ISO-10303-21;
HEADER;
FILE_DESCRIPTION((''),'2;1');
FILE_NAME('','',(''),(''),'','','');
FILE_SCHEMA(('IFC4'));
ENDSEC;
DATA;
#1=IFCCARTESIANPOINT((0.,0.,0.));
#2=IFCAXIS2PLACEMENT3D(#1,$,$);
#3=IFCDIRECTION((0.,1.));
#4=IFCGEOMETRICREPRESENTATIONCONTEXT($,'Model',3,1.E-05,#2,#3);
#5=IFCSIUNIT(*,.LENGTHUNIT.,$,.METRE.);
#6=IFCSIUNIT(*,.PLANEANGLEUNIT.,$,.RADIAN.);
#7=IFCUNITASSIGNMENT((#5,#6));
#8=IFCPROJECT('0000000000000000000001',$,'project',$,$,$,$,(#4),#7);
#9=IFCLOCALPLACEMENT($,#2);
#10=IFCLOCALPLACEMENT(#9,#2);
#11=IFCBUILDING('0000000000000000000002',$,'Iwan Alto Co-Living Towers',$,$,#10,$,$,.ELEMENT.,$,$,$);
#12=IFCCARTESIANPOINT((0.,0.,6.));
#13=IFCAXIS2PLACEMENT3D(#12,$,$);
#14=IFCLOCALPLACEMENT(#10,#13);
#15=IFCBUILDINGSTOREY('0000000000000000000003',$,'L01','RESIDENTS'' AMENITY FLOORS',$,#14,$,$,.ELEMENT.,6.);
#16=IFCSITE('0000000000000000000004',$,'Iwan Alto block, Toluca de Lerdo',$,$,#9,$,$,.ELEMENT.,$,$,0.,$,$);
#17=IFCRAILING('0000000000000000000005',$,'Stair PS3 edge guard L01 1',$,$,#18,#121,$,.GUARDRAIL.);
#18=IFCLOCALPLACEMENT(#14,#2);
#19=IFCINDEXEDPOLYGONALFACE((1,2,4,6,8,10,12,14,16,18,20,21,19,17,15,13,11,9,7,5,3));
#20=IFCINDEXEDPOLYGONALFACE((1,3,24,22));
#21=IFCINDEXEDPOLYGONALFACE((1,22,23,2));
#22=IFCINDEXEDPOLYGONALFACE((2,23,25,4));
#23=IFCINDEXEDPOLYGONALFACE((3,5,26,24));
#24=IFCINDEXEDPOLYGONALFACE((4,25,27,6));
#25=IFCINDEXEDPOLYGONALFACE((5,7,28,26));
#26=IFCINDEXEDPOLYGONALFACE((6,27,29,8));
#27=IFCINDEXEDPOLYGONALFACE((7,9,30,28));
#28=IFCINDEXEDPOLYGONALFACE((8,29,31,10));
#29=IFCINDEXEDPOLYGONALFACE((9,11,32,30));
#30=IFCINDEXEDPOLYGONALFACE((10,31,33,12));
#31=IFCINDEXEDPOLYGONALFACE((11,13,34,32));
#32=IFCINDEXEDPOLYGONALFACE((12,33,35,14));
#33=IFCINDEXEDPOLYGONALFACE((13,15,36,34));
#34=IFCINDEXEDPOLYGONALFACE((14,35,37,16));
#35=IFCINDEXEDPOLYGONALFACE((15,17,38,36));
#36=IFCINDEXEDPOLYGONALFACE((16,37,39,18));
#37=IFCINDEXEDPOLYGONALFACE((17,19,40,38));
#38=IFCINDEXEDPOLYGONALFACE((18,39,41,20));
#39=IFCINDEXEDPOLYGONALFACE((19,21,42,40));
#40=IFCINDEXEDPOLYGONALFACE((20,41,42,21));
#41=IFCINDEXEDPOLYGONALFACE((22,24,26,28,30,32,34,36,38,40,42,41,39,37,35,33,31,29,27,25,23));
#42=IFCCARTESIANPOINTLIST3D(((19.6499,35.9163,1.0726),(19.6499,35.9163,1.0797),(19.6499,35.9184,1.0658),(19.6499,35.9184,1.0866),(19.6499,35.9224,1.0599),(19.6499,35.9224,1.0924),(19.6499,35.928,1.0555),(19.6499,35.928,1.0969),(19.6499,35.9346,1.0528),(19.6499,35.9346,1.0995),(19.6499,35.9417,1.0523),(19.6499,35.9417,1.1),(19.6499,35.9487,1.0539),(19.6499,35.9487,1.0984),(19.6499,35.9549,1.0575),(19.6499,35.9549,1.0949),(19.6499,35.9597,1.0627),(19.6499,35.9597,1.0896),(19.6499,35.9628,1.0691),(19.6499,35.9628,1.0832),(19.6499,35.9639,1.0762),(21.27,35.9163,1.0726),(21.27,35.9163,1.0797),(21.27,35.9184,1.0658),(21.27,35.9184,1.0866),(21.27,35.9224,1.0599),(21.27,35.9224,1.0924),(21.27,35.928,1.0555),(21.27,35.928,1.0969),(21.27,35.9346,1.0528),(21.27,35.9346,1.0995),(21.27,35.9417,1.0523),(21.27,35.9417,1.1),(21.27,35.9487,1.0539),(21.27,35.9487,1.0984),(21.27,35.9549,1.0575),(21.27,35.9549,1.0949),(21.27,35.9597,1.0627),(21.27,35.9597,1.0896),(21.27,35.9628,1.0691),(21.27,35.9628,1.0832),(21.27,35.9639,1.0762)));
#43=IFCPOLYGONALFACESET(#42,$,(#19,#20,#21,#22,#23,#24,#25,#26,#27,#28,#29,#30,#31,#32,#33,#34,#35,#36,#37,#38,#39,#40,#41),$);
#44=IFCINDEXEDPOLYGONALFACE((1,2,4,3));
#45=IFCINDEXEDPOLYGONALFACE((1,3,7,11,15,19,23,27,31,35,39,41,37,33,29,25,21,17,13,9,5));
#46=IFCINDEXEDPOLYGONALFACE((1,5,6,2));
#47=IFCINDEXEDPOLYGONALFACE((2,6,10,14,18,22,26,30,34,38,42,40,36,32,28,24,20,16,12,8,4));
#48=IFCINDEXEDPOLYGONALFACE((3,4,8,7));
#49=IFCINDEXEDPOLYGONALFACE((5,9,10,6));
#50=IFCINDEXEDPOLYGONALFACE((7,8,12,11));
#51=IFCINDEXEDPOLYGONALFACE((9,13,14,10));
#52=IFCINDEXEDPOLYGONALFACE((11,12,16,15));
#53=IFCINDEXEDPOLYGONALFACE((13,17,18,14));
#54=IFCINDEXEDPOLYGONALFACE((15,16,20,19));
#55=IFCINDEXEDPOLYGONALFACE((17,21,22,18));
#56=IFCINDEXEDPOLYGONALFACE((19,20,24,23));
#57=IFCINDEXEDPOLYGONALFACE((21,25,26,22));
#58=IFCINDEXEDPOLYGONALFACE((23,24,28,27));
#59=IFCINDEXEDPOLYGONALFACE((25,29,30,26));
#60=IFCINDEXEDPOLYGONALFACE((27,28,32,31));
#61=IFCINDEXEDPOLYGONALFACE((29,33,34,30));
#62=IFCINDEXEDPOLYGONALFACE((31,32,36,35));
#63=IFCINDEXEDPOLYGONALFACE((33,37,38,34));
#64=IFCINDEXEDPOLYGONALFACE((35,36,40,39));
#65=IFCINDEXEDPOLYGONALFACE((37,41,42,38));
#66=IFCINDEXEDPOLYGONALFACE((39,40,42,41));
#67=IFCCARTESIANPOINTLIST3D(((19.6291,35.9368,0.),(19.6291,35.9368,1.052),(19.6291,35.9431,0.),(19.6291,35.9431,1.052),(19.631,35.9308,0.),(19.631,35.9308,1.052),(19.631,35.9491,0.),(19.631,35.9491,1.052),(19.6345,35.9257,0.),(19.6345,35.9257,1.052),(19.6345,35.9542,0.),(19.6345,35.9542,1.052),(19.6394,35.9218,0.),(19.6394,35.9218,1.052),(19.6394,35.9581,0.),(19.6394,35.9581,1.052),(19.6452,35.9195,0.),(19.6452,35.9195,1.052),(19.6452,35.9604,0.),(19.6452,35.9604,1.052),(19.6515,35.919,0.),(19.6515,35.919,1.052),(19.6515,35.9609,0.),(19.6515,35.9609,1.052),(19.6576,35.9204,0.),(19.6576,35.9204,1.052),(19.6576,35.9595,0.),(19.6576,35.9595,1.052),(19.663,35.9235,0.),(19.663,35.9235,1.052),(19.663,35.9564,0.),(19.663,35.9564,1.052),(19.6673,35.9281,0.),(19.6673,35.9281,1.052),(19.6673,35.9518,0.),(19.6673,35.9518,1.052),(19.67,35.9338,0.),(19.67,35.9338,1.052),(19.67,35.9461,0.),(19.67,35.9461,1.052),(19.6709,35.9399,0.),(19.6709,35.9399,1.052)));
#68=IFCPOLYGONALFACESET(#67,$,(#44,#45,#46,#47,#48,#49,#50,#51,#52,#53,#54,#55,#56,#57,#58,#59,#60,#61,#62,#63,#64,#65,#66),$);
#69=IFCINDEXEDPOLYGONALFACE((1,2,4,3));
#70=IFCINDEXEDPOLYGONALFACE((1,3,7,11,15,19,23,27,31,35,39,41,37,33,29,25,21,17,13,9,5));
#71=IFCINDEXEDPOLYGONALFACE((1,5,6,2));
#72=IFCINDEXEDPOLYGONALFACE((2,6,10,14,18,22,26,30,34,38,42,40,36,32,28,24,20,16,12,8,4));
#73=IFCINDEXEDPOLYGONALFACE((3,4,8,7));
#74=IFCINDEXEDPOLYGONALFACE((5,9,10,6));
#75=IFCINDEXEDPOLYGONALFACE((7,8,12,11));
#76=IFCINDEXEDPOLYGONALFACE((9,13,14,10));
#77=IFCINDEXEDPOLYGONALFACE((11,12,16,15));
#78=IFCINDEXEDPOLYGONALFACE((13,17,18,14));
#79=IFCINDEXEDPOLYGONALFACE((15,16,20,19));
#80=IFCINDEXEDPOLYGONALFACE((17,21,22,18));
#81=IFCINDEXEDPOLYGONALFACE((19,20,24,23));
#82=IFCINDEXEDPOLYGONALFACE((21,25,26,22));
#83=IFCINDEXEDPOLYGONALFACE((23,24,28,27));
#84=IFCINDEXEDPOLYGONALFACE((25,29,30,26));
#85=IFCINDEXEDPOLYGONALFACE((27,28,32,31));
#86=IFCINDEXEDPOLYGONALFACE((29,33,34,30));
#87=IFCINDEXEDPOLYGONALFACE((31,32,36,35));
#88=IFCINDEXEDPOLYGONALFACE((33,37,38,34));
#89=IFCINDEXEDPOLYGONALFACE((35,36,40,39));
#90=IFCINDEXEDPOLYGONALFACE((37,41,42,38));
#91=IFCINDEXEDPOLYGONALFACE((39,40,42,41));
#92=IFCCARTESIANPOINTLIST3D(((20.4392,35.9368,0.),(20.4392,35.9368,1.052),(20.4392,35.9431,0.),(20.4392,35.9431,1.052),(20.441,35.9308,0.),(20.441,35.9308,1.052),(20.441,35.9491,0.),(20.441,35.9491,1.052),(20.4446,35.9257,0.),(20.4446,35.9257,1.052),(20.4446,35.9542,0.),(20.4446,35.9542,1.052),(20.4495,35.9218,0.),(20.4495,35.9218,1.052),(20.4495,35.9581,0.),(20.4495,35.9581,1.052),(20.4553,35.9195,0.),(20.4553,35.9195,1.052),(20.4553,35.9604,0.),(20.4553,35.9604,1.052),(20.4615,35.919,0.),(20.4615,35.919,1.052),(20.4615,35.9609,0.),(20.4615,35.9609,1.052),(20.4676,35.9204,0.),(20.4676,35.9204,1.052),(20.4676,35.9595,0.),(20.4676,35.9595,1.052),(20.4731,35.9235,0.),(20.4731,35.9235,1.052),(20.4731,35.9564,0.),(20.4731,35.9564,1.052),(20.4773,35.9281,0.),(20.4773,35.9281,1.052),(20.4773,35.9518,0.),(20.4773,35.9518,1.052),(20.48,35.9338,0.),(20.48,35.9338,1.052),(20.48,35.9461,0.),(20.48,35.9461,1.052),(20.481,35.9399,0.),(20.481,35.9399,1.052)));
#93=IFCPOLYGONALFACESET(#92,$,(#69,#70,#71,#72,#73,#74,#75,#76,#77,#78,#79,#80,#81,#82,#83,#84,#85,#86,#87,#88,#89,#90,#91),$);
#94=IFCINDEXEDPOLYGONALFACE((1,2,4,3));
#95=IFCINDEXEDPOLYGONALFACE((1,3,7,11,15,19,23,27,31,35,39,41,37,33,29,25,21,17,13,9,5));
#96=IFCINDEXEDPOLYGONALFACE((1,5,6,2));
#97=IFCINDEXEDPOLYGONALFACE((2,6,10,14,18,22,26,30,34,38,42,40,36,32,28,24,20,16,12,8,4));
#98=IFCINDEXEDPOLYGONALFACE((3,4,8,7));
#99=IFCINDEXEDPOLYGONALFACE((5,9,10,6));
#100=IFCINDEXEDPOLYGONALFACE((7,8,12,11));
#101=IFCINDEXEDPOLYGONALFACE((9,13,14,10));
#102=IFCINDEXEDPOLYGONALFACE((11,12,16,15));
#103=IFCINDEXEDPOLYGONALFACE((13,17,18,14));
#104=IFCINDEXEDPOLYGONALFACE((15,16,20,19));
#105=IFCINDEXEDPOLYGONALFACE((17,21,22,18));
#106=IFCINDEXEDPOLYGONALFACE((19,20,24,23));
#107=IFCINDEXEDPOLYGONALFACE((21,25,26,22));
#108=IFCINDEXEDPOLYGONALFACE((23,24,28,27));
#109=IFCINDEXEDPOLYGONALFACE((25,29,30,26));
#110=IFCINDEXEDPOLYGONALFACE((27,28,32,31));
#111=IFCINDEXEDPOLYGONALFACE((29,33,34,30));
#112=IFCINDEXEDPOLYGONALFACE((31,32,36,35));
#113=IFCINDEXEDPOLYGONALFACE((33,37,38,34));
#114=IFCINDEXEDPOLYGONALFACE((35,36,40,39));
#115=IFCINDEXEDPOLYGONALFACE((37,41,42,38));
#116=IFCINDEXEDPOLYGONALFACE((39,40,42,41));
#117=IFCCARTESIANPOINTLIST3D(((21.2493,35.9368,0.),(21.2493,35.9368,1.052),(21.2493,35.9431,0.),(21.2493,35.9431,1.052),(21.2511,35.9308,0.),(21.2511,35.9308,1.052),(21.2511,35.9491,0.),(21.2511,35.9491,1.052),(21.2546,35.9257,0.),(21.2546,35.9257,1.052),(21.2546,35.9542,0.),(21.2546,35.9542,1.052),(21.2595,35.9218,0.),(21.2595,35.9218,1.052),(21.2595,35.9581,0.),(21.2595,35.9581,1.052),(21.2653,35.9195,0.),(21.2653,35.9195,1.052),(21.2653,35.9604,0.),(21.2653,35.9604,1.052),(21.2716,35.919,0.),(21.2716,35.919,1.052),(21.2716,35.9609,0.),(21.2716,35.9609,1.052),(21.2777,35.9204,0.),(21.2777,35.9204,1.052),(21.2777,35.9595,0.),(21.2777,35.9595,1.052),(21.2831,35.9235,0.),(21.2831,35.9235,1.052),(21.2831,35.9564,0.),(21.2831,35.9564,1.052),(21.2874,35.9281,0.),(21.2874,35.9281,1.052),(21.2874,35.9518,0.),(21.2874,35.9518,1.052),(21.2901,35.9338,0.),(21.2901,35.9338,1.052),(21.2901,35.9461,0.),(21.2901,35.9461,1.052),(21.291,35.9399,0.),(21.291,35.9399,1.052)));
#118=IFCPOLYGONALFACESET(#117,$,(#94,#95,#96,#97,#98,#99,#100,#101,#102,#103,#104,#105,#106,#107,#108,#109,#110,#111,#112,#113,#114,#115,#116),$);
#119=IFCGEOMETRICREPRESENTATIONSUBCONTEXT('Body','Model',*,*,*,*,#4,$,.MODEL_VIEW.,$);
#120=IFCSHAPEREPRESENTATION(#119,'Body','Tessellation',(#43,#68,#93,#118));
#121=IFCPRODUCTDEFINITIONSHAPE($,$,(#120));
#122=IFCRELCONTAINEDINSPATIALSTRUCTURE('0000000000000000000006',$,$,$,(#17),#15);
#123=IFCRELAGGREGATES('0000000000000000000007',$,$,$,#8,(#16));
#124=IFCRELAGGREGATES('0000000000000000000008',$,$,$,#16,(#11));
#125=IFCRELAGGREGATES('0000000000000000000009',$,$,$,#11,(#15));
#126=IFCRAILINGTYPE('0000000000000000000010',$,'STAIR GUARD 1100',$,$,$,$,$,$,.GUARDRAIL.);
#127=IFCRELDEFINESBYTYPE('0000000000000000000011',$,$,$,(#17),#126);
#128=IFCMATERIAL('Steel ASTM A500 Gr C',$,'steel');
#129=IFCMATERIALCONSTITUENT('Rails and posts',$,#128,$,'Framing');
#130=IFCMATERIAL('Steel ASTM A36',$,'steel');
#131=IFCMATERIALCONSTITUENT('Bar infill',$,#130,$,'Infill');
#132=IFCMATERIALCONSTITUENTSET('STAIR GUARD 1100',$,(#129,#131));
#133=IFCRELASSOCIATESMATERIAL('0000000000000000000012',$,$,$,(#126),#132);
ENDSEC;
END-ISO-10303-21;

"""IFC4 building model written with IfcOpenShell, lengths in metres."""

from ifc_helpers import new_model, si_unit, direction, frame, origin, origin_2d, place, context, subcontext, project, spatial, circle, extrude, material, constituent, constituent_set, type_object, element, save


model = new_model("IFC4")

# Units and contexts
model_context = context("Model", 3, precision=1e-05, world=origin(), true_north=direction((0.0, 1.0)))
body_context = subcontext(model_context, "Body", "Model", "MODEL_VIEW")
ifc_project = project(units=[si_unit("LENGTHUNIT", "METRE"), si_unit("PLANEANGLEUNIT", "RADIAN")], contexts=[model_context])

# Site, building, storey
site_placement = place(None, origin())
site = spatial("IfcSite", under=ifc_project, at=site_placement, Name="Iwan Alto block, Toluca de Lerdo", CompositionType="ELEMENT", RefElevation=0.0)
building_placement = place(site_placement, origin())
building = spatial("IfcBuilding", under=site, at=building_placement, Name="Iwan Alto Co-Living Towers", CompositionType="ELEMENT")
storey_placement = place(building_placement, frame((0.0, 0.0, 6.0)))
storey = spatial("IfcBuildingStorey", under=building, at=storey_placement, Name="L01", Description="RESIDENTS' AMENITY FLOORS", CompositionType="ELEMENT", Elevation=6.0)

# Shared definitions
ifc_material_1 = material(Name="Steel ASTM A36", Category="steel")

# Railing
ifc_material_2 = material(Name="Steel ASTM A500 Gr C", Category="steel")
ifc_constituent_1 = constituent(ifc_material_2, Name="Rails and posts", Category="Framing")
ifc_constituent_2 = constituent(ifc_material_1, Name="Bar infill", Category="Infill")
ifc_constituent_set_1 = constituent_set(constituents=[ifc_constituent_1, ifc_constituent_2], Name="STAIR GUARD 1100")
railing_type_1 = type_object("IfcRailingType", Name="STAIR GUARD 1100", PredefinedType="GUARDRAIL", material=ifc_constituent_set_1)
railing_1_placement = place(storey_placement, frame((19.6499, 35.9399, 0.0)))
element("IfcRailing", 1, at=railing_1_placement, inside=storey, type_object=railing_type_1, Name="Stair PS3 edge guard L01 1", PredefinedType="GUARDRAIL", context=body_context, shape_type="SweptSolid", body=[
    extrude(circle(Radius=0.0239, at=origin_2d()), frame((0.0, 0.0, 1.0762), z_axis=(1.0, 0.0, 0.0), x_axis=(0.0, 1.0, 0.0)), (0.0, 0.0, 1.0), 1.6201),
    extrude(circle(Radius=0.021, at=origin_2d()), origin(), (0.0, 0.0, 1.0), 1.052),
    extrude(circle(Radius=0.021, at=origin_2d()), frame((0.8101, 0.0, 0.0)), (0.0, 0.0, 1.0), 1.052),
    extrude(circle(Radius=0.021, at=origin_2d()), frame((1.6201, 0.0, 0.0)), (0.0, 0.0, 1.0), 1.052),
])

save(model, "model.ifc")
